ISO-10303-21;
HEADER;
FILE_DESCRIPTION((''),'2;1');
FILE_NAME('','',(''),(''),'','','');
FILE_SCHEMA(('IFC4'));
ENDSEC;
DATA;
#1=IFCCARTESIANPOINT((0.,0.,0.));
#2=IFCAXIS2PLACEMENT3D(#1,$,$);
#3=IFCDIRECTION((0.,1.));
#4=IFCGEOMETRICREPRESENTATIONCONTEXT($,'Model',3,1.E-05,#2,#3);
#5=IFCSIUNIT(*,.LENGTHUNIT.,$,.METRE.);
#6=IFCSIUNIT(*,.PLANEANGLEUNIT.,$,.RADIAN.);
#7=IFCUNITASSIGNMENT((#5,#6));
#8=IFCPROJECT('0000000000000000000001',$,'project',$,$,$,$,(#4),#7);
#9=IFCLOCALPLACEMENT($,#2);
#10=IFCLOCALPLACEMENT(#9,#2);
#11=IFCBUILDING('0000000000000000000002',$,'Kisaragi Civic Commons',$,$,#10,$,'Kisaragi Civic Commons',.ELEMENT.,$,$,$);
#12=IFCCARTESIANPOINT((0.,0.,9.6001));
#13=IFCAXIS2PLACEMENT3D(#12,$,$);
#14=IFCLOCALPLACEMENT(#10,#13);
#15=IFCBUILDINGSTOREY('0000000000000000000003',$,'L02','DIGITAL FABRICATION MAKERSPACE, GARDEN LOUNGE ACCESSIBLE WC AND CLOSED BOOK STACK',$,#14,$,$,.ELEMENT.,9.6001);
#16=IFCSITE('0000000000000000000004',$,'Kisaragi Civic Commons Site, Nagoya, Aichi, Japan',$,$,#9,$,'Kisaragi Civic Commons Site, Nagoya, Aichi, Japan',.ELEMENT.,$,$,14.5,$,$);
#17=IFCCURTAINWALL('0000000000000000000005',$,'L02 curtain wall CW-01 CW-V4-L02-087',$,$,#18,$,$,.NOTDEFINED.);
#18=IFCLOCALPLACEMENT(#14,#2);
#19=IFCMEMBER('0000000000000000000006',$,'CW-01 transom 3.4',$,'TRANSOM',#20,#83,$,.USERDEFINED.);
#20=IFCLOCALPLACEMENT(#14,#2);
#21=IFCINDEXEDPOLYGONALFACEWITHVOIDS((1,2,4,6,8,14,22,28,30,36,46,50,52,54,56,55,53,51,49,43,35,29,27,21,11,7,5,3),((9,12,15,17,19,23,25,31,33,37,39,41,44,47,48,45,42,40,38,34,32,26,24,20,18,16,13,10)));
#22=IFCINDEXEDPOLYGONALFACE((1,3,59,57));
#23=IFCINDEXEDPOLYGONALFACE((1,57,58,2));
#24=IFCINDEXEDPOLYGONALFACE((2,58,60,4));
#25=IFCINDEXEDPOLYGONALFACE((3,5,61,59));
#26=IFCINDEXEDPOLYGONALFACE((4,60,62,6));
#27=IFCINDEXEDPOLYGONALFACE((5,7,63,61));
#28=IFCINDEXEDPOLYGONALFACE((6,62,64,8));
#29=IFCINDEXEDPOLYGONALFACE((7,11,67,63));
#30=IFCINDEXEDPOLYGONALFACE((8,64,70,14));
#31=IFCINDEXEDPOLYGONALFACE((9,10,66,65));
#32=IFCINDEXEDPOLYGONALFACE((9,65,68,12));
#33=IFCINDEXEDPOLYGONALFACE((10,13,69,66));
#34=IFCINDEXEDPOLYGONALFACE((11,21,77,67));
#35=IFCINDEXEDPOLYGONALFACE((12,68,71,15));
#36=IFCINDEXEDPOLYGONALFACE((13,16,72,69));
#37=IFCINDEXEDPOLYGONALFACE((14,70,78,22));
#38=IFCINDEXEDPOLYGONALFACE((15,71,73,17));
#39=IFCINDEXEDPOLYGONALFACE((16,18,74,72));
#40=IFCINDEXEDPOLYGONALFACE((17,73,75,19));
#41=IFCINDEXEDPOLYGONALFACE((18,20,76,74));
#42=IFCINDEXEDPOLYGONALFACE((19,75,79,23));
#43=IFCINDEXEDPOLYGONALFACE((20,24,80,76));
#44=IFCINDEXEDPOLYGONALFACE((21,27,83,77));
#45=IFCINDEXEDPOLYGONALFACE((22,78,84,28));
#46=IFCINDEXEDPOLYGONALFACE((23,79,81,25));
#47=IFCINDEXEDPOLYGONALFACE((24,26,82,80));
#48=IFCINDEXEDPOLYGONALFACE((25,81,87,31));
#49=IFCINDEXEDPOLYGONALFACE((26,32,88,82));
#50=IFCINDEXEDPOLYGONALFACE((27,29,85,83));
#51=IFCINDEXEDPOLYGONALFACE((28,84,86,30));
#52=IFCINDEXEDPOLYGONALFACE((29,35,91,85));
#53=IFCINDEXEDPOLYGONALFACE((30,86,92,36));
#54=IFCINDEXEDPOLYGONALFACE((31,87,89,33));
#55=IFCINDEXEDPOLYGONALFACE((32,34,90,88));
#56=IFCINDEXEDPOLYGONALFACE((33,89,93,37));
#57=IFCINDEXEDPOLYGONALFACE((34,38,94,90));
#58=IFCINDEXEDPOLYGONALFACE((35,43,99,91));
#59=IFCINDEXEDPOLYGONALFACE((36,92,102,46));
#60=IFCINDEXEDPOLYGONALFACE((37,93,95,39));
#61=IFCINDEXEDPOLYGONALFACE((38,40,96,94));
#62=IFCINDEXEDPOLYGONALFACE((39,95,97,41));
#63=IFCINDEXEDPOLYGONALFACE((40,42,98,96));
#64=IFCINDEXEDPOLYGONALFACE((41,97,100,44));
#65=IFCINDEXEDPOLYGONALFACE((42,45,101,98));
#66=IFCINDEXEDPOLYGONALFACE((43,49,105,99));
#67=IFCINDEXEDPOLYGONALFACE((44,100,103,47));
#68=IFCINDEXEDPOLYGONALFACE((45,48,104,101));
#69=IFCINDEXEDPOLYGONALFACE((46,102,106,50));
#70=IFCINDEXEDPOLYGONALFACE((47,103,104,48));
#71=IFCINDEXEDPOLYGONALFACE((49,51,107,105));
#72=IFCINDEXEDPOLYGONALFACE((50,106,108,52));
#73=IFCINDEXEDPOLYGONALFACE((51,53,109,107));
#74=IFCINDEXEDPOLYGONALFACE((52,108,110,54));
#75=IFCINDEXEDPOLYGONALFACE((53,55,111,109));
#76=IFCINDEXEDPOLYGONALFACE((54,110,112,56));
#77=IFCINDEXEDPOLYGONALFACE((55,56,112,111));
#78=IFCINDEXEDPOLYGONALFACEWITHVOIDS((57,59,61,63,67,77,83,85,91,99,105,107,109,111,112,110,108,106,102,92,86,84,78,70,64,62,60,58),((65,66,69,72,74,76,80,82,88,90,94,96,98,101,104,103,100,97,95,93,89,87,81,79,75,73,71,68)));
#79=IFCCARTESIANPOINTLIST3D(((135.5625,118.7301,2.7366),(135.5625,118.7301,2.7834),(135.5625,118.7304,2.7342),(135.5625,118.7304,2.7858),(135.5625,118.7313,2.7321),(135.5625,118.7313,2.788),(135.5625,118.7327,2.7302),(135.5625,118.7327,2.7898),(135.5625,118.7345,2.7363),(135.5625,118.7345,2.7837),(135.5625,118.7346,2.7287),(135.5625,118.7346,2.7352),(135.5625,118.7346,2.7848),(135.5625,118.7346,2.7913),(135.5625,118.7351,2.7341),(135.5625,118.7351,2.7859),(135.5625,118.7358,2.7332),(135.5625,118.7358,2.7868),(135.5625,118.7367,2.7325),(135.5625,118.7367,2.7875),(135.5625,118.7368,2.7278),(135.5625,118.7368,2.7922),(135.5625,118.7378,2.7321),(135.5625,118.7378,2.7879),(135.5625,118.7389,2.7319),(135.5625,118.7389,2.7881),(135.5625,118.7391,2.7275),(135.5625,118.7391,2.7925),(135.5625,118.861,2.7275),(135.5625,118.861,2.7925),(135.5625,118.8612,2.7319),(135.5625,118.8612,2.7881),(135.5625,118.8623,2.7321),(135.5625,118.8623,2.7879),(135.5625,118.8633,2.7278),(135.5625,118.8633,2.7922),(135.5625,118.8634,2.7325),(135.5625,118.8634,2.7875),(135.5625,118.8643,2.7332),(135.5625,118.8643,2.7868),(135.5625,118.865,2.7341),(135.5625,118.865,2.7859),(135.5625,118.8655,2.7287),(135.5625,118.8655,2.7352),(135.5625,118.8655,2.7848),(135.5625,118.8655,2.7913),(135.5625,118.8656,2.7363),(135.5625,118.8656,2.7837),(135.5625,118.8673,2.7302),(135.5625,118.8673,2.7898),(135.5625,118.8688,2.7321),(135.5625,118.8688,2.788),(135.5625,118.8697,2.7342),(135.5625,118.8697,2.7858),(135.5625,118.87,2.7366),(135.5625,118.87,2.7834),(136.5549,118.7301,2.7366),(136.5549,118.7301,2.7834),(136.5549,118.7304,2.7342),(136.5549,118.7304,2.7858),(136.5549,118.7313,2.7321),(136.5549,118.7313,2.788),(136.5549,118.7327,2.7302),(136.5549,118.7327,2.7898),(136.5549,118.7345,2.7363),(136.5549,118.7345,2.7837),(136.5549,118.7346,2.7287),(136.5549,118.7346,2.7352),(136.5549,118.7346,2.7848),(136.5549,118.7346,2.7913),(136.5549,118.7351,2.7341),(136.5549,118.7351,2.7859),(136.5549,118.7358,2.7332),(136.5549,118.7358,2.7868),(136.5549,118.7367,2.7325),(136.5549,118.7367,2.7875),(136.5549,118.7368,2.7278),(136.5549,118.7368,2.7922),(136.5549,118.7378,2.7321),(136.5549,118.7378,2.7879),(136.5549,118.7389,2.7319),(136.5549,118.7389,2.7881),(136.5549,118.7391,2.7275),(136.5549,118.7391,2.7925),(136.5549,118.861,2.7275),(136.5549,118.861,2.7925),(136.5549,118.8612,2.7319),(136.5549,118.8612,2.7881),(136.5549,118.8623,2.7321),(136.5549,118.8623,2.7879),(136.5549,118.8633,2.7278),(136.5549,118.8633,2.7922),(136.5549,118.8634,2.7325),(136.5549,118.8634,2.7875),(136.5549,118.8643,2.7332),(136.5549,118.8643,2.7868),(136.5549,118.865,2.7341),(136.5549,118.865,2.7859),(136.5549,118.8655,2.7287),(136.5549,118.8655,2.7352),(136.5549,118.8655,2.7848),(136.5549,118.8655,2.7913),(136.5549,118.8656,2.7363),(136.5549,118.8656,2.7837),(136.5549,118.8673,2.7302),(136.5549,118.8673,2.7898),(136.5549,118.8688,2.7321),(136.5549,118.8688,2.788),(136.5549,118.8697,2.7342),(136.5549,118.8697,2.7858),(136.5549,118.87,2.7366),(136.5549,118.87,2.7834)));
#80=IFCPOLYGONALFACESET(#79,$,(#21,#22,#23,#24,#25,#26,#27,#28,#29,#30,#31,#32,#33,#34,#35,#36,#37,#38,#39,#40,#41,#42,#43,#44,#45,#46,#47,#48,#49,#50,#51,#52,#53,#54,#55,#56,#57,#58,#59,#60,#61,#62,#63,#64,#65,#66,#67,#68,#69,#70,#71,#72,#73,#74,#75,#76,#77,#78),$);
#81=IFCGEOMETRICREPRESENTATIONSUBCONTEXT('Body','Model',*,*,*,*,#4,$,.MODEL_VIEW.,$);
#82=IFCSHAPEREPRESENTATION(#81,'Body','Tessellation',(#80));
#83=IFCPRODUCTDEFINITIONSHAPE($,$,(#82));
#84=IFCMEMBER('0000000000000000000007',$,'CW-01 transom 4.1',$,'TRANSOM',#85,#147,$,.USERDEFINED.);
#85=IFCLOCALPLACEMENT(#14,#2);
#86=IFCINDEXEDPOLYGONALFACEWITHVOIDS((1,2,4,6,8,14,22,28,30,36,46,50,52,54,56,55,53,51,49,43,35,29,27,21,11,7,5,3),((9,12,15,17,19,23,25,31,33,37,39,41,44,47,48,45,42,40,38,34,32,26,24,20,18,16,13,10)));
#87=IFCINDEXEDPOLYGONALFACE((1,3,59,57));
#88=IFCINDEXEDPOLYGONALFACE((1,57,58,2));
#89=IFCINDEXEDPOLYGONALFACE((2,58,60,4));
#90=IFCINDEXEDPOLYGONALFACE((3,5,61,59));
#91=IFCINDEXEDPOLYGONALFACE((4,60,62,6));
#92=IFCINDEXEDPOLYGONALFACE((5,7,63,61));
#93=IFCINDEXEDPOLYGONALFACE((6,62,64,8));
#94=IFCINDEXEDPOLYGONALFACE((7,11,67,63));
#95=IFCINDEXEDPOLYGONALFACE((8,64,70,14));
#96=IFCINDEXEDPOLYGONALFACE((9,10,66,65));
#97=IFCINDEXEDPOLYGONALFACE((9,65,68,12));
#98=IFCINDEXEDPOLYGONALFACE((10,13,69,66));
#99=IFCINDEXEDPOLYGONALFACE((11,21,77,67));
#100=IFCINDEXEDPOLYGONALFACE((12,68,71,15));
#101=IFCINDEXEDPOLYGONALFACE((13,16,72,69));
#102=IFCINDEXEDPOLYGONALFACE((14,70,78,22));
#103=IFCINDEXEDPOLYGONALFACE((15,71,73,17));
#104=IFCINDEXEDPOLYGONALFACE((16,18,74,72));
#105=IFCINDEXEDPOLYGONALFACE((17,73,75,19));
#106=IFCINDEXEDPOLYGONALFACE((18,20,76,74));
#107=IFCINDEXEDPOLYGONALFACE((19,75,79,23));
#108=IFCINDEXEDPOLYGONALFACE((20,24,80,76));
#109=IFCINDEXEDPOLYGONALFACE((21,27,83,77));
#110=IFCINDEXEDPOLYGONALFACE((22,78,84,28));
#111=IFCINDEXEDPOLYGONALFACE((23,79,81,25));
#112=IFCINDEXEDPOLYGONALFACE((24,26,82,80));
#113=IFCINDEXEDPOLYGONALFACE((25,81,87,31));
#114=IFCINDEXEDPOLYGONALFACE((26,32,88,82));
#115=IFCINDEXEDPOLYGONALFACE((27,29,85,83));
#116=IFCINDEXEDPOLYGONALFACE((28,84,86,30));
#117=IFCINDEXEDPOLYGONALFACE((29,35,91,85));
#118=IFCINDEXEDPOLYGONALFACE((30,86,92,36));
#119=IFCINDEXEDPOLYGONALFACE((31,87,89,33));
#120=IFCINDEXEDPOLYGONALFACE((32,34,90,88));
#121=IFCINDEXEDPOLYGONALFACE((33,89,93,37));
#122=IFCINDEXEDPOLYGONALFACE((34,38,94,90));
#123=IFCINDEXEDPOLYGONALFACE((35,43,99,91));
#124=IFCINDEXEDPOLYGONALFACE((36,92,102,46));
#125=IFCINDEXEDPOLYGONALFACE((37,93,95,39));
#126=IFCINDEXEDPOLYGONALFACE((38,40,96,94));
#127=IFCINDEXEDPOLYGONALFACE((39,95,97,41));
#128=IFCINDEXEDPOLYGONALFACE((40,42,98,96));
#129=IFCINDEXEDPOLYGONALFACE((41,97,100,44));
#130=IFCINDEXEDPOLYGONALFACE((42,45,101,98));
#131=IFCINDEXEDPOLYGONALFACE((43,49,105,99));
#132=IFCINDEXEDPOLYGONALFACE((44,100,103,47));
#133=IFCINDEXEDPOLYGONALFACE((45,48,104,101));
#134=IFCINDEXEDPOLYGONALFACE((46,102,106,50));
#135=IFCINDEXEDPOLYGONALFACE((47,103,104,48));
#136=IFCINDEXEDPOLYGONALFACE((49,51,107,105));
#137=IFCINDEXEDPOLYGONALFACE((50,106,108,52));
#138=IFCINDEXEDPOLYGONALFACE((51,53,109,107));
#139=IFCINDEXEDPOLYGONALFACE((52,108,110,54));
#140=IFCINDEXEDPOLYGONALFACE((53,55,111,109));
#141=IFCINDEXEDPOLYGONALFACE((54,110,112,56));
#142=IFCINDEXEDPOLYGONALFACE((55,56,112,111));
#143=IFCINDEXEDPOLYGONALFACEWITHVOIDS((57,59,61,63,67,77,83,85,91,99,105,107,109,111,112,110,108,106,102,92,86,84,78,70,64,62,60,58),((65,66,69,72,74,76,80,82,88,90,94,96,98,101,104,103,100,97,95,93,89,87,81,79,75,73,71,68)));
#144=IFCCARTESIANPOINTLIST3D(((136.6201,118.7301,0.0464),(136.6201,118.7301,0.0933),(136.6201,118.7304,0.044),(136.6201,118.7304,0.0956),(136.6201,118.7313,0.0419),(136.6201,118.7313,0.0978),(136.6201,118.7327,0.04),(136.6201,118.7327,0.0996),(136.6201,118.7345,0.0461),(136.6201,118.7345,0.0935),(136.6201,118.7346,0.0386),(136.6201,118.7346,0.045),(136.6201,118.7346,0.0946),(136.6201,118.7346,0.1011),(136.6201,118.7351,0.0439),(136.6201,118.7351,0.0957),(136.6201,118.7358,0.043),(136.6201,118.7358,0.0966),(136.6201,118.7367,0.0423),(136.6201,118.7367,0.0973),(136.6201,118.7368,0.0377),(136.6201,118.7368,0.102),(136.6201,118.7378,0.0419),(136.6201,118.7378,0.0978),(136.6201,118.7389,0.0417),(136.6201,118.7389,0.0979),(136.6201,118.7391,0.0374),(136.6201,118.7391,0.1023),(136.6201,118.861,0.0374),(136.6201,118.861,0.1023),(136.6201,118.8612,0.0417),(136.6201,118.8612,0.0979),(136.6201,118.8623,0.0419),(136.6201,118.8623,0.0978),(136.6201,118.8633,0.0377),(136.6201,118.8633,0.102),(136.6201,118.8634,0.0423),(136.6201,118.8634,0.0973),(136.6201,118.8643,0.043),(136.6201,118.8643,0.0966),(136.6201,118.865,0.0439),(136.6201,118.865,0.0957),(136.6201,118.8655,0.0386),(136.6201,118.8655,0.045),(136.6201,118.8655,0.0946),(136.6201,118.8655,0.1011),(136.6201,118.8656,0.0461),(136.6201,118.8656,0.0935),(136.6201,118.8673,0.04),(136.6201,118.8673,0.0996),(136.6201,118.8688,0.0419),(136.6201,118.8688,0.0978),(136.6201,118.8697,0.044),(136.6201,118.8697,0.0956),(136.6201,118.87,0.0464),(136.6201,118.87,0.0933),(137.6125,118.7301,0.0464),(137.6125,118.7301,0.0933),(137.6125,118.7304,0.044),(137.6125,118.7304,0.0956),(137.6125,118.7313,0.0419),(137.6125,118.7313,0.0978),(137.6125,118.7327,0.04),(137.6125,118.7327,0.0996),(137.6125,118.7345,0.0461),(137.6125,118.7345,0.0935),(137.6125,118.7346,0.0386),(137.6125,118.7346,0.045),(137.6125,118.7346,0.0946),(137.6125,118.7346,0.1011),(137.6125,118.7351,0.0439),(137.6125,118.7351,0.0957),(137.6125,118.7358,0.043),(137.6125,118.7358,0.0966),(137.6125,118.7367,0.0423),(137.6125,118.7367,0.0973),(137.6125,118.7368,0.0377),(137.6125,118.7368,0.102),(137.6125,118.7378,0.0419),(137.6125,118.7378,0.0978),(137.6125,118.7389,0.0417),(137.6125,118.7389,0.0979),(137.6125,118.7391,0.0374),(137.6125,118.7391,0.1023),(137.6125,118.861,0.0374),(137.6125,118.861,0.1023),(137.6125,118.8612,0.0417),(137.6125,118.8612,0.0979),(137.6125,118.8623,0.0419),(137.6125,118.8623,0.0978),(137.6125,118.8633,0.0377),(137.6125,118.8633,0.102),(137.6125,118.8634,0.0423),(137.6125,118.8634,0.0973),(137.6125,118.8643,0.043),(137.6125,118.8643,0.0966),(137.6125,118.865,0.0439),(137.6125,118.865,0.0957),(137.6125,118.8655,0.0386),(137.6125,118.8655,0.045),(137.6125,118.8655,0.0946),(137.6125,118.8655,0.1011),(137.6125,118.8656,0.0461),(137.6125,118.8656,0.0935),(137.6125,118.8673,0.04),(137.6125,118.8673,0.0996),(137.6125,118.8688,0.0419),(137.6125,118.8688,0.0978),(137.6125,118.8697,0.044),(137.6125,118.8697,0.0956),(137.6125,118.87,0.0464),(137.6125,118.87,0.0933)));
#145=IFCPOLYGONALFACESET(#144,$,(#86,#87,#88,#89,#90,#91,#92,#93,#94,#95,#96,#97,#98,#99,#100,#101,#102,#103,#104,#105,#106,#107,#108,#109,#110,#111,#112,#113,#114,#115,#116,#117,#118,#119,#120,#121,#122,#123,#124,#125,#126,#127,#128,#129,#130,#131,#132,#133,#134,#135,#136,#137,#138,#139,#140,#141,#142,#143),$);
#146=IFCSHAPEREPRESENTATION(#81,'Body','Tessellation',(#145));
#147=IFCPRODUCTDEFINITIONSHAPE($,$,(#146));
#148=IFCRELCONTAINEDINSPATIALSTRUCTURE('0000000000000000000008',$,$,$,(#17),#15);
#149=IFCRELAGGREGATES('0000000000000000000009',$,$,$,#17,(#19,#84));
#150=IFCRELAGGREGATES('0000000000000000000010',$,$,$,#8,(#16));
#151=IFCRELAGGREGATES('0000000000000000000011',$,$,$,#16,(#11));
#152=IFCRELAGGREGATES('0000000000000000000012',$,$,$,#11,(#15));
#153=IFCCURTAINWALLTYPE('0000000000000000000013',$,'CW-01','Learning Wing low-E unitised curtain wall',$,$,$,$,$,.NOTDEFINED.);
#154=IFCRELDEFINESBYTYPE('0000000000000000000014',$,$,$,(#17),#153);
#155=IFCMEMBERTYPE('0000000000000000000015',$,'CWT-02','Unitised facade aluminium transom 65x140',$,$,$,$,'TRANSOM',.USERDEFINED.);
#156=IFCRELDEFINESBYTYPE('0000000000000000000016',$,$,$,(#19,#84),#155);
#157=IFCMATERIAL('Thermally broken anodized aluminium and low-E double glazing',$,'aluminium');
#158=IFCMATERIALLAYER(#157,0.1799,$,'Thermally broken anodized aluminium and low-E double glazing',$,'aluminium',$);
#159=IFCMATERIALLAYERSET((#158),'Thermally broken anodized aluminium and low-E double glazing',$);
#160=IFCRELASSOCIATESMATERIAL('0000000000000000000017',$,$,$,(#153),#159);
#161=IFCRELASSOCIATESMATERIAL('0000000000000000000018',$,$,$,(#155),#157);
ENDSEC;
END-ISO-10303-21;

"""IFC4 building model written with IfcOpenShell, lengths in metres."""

from ifc_helpers import new_model, si_unit, direction, frame, origin, origin_2d, place, context, subcontext, project, spatial, hollow_rectangle, extrude, material, layer, layer_set, material_profile, profile_set, type_object, element, aggregate, save


model = new_model("IFC4")

# Units and contexts
model_context = context("Model", 3, precision=1e-05, world=origin(), true_north=direction((0.0, 1.0)))
body_context = subcontext(model_context, "Body", "Model", "MODEL_VIEW")
ifc_project = project(units=[si_unit("LENGTHUNIT", "METRE"), si_unit("PLANEANGLEUNIT", "RADIAN")], contexts=[model_context])

# Site, building, storey
site_placement = place(None, origin())
site = spatial("IfcSite", under=ifc_project, at=site_placement, Name="Kisaragi Civic Commons Site, Nagoya, Aichi, Japan", LongName="Kisaragi Civic Commons Site, Nagoya, Aichi, Japan", CompositionType="ELEMENT", RefElevation=14.5)
building_placement = place(site_placement, origin())
building = spatial("IfcBuilding", under=site, at=building_placement, Name="Kisaragi Civic Commons", LongName="Kisaragi Civic Commons", CompositionType="ELEMENT")
storey_placement = place(building_placement, frame((0.0, 0.0, 9.6001)))
storey = spatial("IfcBuildingStorey", under=building, at=storey_placement, Name="L02", Description="DIGITAL FABRICATION MAKERSPACE, GARDEN LOUNGE ACCESSIBLE WC AND CLOSED BOOK STACK", CompositionType="ELEMENT", Elevation=9.6001)

# Curtain wall, members
ifc_material_1 = material(Name="Thermally broken anodized aluminium and low-E double glazing", Category="aluminium")
ifc_layer_1 = layer(ifc_material_1, 0.1799, Name="Thermally broken anodized aluminium and low-E double glazing", Category="aluminium")
ifc_layer_set_1 = layer_set([ifc_layer_1], Name="Thermally broken anodized aluminium and low-E double glazing")
curtain_wall_type = type_object("IfcCurtainWallType", Name="CW-01", Description="Learning Wing low-E unitised curtain wall", PredefinedType="NOTDEFINED", material=ifc_layer_set_1)
curtain_wall_placement = place(storey_placement, origin())
curtain_wall = element("IfcCurtainWall", 1, at=curtain_wall_placement, inside=storey, type_object=curtain_wall_type, Name="L02 curtain wall CW-01 CW-V4-L02-087", PredefinedType="NOTDEFINED")
ifc_material_profile_1 = material_profile(ifc_material_1, hollow_rectangle(XDim=0.1399, YDim=0.0649, WallThickness=0.0044, InnerFilletRadius=0.0044, OuterFilletRadius=0.009, at=origin_2d()), Name="CWT-65x140x4.5", Category="aluminium")
ifc_profile_set_1 = profile_set([ifc_material_profile_1], Name="Thermally broken anodized aluminium and low-E double glazing")
member_type_1 = type_object("IfcMemberType", Name="CWT-02", Description="Unitised facade aluminium transom 65x140", ElementType="TRANSOM", PredefinedType="USERDEFINED", material=ifc_profile_set_1)
member_1_placement = place(storey_placement, frame((135.5625, 118.8, 2.76), z_axis=(1.0, 0.0, 0.0), x_axis=(0.0, 1.0, 0.0)))
member_1 = element("IfcMember", 2, at=member_1_placement, type_object=member_type_1, Name="CW-01 transom 3.4", ObjectType="TRANSOM", PredefinedType="USERDEFINED", context=body_context, shape_type="SweptSolid", body=[
    extrude(hollow_rectangle(XDim=0.1399, YDim=0.0649, WallThickness=0.0044, InnerFilletRadius=0.0044, OuterFilletRadius=0.009, at=origin_2d()), origin(), (0.0, 0.0, 1.0), 0.9924),
])
member_2_placement = place(storey_placement, frame((136.6201, 118.8, 0.0698), z_axis=(1.0, 0.0, 0.0), x_axis=(0.0, 1.0, 0.0)))
member_2 = element("IfcMember", 3, at=member_2_placement, type_object=member_type_1, Name="CW-01 transom 4.1", ObjectType="TRANSOM", PredefinedType="USERDEFINED", context=body_context, shape_type="SweptSolid", body=[
    extrude(hollow_rectangle(XDim=0.1399, YDim=0.0649, WallThickness=0.0044, InnerFilletRadius=0.0044, OuterFilletRadius=0.009, at=origin_2d()), origin(), (0.0, 0.0, 1.0), 0.9924),
])
aggregate(curtain_wall, [member_1, member_2])

save(model, "model.ifc")
